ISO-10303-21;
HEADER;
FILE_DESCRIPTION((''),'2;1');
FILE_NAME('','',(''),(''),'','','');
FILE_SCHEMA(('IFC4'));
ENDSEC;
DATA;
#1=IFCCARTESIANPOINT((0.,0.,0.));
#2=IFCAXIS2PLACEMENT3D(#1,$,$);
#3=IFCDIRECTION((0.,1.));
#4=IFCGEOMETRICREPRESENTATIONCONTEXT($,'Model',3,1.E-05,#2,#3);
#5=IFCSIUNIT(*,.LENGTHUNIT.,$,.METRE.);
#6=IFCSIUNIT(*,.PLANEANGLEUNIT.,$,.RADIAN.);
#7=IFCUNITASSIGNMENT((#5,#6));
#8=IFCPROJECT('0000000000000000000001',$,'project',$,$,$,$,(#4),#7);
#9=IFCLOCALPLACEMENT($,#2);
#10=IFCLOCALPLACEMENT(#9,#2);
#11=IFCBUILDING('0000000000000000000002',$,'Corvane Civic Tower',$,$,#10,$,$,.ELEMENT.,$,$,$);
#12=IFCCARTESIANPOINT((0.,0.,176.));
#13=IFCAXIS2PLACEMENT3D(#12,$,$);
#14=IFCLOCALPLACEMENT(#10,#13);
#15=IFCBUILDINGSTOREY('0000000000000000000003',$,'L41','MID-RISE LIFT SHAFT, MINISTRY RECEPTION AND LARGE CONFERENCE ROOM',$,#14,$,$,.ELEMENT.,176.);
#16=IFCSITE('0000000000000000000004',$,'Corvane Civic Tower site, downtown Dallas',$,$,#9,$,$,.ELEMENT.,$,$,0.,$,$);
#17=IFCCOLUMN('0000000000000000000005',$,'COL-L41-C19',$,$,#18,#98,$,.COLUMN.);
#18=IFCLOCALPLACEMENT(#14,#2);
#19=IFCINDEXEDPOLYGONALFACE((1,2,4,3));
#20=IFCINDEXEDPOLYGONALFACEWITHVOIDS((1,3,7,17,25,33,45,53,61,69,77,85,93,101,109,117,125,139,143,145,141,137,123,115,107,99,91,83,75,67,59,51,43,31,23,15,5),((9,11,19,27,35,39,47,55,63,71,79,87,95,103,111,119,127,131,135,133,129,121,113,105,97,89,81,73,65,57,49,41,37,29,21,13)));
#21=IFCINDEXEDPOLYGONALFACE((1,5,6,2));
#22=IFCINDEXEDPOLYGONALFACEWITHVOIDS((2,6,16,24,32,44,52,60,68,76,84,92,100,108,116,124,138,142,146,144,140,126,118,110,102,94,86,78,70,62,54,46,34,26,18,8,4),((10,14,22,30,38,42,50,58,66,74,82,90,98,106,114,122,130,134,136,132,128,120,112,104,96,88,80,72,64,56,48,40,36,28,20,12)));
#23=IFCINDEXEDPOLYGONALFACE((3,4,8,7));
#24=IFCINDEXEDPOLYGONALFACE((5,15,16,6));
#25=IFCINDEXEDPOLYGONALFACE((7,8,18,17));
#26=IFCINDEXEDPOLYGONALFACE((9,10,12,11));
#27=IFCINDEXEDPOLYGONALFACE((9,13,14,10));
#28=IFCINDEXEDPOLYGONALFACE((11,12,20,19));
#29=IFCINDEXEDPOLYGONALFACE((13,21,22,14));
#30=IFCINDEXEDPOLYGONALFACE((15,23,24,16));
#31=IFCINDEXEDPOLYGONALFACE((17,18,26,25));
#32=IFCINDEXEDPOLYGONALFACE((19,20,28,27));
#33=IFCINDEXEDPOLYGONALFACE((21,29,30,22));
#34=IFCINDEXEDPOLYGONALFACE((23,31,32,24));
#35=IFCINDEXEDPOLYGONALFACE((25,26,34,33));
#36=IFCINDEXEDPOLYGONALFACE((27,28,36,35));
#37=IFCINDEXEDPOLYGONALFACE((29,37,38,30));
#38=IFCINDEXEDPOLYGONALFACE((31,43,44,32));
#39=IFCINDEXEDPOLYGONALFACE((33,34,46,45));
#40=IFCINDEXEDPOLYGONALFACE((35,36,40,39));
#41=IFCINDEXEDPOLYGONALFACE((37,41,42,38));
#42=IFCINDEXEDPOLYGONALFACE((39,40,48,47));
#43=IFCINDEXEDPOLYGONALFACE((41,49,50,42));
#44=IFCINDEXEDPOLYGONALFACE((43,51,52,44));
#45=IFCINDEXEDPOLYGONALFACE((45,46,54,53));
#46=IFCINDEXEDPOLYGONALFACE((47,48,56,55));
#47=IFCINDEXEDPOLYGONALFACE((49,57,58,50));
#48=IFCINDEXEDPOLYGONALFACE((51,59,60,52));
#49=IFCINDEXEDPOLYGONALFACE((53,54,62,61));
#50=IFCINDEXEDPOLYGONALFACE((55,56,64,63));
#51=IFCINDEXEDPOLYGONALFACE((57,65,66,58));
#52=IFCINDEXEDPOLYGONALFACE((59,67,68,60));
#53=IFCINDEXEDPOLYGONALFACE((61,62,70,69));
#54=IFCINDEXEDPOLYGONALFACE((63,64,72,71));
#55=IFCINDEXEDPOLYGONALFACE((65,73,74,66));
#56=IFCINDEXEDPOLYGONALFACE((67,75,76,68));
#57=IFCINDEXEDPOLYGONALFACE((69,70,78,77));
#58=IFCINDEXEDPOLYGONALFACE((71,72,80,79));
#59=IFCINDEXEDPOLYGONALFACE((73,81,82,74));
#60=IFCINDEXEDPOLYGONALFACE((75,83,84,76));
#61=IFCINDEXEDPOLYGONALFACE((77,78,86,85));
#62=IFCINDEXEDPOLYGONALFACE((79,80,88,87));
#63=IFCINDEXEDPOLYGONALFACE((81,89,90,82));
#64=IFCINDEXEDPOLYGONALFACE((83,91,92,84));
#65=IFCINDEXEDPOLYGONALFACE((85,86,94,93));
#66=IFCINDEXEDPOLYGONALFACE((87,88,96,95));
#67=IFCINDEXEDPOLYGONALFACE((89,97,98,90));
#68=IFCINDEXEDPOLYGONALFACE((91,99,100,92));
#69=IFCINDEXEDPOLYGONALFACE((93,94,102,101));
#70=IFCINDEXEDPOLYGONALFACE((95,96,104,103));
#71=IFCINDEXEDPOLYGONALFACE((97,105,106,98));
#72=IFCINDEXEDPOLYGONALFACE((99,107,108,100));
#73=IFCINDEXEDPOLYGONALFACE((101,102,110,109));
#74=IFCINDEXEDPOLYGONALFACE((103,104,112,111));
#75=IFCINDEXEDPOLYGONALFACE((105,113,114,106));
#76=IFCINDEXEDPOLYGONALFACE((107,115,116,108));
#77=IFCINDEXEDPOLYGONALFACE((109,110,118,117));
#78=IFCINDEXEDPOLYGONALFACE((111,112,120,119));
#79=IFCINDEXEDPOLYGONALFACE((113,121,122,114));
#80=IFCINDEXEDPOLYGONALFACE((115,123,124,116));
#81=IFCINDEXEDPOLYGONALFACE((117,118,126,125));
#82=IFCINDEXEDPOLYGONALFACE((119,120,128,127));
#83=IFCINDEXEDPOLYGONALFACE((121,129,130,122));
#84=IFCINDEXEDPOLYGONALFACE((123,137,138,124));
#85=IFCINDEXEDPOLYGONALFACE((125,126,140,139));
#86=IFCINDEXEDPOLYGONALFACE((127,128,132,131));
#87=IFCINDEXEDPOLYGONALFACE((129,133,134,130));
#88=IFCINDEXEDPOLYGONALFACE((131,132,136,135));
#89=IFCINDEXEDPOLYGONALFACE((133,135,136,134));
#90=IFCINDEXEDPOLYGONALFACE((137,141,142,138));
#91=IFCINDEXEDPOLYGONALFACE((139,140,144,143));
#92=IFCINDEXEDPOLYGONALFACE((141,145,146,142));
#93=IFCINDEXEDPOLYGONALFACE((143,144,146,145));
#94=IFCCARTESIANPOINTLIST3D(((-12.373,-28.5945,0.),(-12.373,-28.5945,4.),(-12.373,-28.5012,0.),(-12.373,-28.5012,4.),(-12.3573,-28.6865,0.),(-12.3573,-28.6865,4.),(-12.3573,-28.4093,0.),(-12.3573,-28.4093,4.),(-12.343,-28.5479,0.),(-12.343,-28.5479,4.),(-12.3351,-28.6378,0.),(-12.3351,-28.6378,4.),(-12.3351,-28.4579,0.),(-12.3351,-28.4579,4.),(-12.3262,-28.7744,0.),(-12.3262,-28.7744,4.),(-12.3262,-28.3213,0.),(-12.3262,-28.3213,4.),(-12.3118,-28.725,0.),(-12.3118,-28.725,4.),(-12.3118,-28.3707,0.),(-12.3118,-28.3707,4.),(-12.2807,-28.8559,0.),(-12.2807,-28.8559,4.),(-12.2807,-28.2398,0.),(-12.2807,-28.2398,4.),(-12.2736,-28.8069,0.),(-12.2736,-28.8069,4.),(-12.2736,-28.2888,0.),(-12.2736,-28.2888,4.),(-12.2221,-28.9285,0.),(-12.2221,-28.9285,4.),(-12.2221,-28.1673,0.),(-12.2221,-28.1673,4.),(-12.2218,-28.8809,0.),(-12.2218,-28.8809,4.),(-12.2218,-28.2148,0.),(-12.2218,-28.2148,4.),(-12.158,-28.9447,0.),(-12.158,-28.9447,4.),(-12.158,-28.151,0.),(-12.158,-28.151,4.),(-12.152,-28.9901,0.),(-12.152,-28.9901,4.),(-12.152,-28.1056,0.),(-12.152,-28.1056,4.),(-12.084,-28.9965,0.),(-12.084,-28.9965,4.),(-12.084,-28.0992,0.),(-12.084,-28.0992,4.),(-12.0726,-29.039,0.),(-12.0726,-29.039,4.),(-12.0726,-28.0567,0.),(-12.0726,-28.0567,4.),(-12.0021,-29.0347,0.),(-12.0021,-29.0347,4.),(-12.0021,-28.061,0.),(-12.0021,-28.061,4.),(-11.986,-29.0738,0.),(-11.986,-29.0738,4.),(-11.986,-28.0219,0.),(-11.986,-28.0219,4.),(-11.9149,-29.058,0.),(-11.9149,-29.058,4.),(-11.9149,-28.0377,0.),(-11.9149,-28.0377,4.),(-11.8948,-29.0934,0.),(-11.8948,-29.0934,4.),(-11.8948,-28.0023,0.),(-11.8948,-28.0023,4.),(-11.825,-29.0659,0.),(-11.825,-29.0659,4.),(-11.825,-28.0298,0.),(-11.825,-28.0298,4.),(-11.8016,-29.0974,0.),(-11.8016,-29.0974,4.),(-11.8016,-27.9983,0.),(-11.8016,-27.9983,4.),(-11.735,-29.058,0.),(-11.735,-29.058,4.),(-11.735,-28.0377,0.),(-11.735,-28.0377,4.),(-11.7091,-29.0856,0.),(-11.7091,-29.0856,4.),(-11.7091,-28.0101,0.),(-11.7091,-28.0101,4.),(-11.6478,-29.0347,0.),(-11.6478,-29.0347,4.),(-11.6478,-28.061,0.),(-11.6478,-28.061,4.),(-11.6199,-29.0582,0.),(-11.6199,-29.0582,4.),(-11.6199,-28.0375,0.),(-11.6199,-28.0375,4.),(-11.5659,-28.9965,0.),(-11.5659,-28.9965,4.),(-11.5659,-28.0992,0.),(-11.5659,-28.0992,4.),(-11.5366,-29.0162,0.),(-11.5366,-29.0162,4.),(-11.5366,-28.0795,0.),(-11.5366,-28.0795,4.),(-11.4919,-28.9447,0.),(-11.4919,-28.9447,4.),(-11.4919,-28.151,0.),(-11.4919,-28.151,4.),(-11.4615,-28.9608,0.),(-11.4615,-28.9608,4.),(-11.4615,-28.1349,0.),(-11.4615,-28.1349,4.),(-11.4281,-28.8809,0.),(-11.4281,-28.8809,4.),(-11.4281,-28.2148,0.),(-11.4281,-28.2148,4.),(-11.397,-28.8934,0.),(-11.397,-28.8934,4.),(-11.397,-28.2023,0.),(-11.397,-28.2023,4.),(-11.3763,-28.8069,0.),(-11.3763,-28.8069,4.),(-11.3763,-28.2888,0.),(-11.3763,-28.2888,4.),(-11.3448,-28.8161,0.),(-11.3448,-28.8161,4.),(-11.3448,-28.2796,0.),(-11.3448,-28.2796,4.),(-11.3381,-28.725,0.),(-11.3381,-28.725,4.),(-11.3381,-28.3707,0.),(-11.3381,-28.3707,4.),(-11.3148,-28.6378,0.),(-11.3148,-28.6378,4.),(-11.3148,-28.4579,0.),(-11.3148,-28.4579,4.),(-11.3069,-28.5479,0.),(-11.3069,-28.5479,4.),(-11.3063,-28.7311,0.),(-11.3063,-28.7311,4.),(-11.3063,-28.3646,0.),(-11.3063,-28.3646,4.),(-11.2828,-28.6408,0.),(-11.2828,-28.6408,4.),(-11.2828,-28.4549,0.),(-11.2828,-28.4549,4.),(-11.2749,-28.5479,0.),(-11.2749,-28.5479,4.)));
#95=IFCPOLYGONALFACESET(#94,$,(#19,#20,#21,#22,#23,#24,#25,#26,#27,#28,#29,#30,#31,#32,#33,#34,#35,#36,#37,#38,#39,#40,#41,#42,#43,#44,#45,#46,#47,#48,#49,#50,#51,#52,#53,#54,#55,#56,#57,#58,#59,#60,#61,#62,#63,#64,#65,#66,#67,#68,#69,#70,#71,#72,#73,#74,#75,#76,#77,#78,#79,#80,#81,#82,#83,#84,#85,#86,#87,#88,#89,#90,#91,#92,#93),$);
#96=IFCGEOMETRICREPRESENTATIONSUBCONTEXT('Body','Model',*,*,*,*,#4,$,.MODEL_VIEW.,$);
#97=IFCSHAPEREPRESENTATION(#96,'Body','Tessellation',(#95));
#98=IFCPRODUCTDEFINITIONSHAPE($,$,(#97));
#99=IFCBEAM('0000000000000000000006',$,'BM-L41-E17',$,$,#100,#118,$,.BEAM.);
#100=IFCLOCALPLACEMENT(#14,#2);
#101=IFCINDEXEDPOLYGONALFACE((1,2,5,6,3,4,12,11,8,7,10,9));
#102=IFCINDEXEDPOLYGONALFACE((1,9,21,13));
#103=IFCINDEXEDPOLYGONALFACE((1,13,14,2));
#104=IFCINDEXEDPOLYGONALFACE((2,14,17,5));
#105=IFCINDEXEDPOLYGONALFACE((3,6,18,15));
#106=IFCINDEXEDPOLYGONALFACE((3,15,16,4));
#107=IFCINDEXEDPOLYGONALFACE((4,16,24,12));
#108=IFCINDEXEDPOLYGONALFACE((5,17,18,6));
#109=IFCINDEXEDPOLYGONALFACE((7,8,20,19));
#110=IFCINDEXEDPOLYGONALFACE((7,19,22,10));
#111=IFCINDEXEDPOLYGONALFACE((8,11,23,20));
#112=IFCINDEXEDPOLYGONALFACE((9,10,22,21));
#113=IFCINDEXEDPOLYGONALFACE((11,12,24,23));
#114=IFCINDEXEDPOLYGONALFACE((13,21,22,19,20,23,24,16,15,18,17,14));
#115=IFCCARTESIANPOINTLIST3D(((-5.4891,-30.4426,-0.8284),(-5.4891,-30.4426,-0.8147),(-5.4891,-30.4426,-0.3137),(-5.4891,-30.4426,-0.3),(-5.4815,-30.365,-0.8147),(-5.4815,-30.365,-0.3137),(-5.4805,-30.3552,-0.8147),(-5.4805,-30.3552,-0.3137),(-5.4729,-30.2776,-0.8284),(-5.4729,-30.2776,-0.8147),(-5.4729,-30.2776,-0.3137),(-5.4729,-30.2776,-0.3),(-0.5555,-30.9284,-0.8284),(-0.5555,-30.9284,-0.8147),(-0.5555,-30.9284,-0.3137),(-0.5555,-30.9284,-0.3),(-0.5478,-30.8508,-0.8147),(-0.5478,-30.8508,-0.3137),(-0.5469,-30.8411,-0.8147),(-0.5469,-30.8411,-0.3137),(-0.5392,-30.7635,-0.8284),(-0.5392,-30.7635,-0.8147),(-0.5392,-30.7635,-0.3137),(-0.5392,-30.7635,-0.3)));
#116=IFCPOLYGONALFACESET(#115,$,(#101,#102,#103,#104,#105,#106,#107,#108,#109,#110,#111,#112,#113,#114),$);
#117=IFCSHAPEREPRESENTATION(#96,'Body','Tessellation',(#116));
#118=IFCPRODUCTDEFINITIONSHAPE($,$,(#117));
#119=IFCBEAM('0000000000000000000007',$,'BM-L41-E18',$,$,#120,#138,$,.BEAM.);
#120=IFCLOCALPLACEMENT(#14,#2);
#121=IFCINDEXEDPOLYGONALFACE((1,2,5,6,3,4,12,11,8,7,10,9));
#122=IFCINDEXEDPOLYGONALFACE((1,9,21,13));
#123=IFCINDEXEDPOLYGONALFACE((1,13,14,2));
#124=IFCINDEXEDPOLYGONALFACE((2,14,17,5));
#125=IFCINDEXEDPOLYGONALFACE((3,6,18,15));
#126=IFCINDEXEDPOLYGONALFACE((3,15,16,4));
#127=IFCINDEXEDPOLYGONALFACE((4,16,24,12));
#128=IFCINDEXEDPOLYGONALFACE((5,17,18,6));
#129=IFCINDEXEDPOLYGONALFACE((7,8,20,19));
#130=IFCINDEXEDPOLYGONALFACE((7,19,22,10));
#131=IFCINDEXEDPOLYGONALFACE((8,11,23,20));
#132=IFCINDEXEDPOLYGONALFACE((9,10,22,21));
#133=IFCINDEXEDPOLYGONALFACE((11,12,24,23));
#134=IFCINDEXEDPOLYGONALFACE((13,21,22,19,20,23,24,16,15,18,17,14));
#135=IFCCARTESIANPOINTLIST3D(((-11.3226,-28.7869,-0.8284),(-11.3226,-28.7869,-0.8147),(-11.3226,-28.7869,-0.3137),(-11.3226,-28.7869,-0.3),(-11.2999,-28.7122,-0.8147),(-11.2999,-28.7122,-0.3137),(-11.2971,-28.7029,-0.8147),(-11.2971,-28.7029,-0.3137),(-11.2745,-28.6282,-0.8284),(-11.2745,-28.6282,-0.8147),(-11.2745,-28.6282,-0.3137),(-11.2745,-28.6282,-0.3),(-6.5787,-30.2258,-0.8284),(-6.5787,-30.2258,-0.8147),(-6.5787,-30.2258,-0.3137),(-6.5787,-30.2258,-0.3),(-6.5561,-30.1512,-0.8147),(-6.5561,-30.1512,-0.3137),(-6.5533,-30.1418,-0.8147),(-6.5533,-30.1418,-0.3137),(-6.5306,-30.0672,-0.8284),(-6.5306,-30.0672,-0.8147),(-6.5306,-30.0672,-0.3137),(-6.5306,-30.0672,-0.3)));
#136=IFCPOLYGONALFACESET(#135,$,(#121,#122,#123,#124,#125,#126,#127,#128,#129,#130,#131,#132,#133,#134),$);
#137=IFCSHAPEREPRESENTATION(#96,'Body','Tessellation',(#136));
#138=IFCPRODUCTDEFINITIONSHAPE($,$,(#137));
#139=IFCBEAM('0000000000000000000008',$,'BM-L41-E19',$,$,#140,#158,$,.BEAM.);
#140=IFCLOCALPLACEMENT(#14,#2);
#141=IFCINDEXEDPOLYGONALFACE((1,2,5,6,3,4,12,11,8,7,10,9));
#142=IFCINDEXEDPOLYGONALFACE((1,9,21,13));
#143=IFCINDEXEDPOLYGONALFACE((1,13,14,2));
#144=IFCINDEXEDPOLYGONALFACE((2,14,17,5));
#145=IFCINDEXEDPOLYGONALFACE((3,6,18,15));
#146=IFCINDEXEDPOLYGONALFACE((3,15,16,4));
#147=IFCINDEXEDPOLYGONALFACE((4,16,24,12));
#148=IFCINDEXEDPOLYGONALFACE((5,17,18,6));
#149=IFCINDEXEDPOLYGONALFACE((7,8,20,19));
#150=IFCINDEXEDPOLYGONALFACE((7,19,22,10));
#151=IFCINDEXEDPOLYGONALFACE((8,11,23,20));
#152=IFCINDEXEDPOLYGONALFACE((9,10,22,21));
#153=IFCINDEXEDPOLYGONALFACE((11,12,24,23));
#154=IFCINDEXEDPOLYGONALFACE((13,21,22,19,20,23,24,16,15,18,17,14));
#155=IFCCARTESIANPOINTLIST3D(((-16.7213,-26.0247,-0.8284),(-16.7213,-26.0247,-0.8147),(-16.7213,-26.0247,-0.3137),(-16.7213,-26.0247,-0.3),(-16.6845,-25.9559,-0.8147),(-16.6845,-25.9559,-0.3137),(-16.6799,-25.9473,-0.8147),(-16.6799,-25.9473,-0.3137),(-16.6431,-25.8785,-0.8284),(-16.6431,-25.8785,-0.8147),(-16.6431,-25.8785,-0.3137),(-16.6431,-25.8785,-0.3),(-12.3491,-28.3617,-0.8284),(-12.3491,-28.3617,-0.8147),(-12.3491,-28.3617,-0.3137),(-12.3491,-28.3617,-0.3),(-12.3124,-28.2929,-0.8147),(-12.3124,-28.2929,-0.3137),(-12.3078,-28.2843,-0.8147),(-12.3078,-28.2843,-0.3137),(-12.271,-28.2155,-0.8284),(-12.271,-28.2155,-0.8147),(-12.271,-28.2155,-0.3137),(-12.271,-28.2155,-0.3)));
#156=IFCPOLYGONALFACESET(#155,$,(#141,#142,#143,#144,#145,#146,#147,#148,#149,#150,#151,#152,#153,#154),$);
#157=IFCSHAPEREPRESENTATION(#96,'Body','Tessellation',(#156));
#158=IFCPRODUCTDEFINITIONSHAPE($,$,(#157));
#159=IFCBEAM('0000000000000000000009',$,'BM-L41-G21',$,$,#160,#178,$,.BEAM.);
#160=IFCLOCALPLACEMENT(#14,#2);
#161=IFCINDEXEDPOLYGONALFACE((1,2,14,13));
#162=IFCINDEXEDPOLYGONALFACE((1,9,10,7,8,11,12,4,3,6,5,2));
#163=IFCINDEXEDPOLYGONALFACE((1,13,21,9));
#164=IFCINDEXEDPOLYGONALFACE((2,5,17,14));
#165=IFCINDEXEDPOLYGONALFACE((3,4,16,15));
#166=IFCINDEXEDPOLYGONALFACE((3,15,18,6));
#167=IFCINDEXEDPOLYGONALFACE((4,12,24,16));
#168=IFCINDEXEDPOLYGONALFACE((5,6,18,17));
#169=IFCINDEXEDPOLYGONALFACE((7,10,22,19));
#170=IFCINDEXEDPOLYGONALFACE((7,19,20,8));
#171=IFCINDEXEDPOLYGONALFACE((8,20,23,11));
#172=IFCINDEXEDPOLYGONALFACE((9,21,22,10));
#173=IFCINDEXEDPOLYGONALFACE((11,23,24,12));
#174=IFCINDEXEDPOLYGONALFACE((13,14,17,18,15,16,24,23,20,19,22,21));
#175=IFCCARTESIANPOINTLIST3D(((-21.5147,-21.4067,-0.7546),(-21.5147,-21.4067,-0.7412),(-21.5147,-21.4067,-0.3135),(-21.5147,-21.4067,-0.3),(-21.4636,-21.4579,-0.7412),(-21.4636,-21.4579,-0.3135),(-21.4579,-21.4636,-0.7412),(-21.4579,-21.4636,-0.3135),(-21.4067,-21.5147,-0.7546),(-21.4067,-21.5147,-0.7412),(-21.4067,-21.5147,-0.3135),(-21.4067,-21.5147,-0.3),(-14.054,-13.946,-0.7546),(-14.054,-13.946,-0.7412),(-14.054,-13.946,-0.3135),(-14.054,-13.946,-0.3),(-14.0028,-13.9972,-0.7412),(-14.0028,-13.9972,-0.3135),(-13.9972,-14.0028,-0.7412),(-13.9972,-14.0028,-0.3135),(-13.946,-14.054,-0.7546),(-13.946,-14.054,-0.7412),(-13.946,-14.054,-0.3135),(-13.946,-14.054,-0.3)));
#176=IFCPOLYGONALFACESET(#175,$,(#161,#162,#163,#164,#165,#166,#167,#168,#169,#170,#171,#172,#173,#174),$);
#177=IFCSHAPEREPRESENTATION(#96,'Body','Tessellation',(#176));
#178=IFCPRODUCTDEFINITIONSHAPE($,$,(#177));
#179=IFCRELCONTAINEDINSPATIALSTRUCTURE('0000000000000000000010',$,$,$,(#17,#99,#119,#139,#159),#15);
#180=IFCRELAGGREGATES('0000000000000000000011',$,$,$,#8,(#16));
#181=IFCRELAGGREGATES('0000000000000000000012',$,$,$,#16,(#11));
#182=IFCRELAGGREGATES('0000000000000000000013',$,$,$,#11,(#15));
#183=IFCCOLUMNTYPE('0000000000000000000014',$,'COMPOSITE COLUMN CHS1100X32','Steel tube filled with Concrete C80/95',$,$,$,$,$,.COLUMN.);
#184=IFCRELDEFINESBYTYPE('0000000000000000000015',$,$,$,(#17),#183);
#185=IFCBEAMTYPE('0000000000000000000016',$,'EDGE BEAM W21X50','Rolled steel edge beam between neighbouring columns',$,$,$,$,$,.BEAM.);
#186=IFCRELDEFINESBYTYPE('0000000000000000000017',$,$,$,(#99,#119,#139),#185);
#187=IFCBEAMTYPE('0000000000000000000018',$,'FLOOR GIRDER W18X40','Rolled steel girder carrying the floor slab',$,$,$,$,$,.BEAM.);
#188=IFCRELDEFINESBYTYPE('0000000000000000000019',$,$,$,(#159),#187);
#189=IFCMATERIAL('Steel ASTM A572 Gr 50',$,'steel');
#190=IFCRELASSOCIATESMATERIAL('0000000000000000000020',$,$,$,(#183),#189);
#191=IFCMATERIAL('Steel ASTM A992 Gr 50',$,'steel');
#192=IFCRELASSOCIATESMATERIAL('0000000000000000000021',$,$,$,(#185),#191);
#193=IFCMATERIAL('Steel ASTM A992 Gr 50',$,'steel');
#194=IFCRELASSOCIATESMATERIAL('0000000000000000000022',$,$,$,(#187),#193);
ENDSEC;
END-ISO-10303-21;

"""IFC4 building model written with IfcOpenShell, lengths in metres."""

from ifc_helpers import new_model, si_unit, direction, frame, origin, origin_2d, place, context, subcontext, project, spatial, hollow_circle, i_section, extrude, material, material_profile, profile_set, type_object, element, save


model = new_model("IFC4")

# Units and contexts
model_context = context("Model", 3, precision=1e-05, world=origin(), true_north=direction((0.0, 1.0)))
body_context = subcontext(model_context, "Body", "Model", "MODEL_VIEW")
ifc_project = project(units=[si_unit("LENGTHUNIT", "METRE"), si_unit("PLANEANGLEUNIT", "RADIAN")], contexts=[model_context])

# Site, building, storey
site_placement = place(None, origin())
site = spatial("IfcSite", under=ifc_project, at=site_placement, Name="Corvane Civic Tower site, downtown Dallas", CompositionType="ELEMENT", RefElevation=0.0)
building_placement = place(site_placement, origin())
building = spatial("IfcBuilding", under=site, at=building_placement, Name="Corvane Civic Tower", CompositionType="ELEMENT")
storey_placement = place(building_placement, frame((0.0, 0.0, 176.0)))
storey = spatial("IfcBuildingStorey", under=building, at=storey_placement, Name="L41", Description="MID-RISE LIFT SHAFT, MINISTRY RECEPTION AND LARGE CONFERENCE ROOM", CompositionType="ELEMENT", Elevation=176.0)

# Column
ifc_material_1 = material(Name="Steel ASTM A572 Gr 50", Category="steel")
ifc_material_profile_1 = material_profile(ifc_material_1, hollow_circle(Radius=0.55, WallThickness=0.032, at=origin_2d()), Name="CHS1100X32")
ifc_profile_set_1 = profile_set([ifc_material_profile_1], Name="Steel ASTM A572 Gr 50")
column_type = type_object("IfcColumnType", Name="COMPOSITE COLUMN CHS1100X32", Description="Steel tube filled with Concrete C80/95", PredefinedType="COLUMN", material=ifc_profile_set_1)
for number, where, z_axis, x_axis, name in (
    (1, (-11.825, -28.5479, 0.0), (0.0, 0.0, 1.0), (1.0, 0.0, 0.0), "COL-L41-C19"),
):
    element("IfcColumn", number, at=place(storey_placement, frame(where, z_axis=z_axis, x_axis=x_axis)), inside=storey, type_object=column_type, Name=name, PredefinedType="COLUMN", context=body_context, shape_type="SweptSolid", body=[
        extrude(hollow_circle(Radius=0.55, WallThickness=0.032, at=origin_2d()), origin(), (0.0, 0.0, 1.0), 4.0),
    ])

# Beams
ifc_material_2 = material(Name="Steel ASTM A992 Gr 50", Category="steel")
ifc_material_profile_2 = material_profile(ifc_material_2, i_section(OverallWidth=0.1658, OverallDepth=0.5283, WebThickness=0.0098, FlangeThickness=0.0137, at=origin_2d()), Name="W21X50")
ifc_profile_set_2 = profile_set([ifc_material_profile_2], Name="Steel ASTM A992 Gr 50")
beam_type_1 = type_object("IfcBeamType", Name="EDGE BEAM W21X50", Description="Rolled steel edge beam between neighbouring columns", PredefinedType="BEAM", material=ifc_profile_set_2)
beam_1_placement = place(storey_placement, frame((-0.5474, -30.8459, -0.5642), z_axis=(-0.995186, 0.098002, 0.0), x_axis=(-0.098002, -0.995186, 0.0)))
element("IfcBeam", 2, at=beam_1_placement, inside=storey, type_object=beam_type_1, Name="BM-L41-E17", PredefinedType="BEAM", context=body_context, shape_type="SweptSolid", body=[
    extrude(i_section(OverallWidth=0.1658, OverallDepth=0.5283, WebThickness=0.0098, FlangeThickness=0.0137, at=origin_2d()), origin(), (0.0, 0.0, 1.0), 4.9575),
])
beam_2_placement = place(storey_placement, frame((-6.5547, -30.1465, -0.5642), z_axis=(-0.956945, 0.29027, 0.0), x_axis=(-0.29027, -0.956945, 0.0)))
element("IfcBeam", 3, at=beam_2_placement, inside=storey, type_object=beam_type_1, Name="BM-L41-E18", PredefinedType="BEAM", context=body_context, shape_type="SweptSolid", body=[
    extrude(i_section(OverallWidth=0.1658, OverallDepth=0.5283, WebThickness=0.0098, FlangeThickness=0.0137, at=origin_2d()), origin(), (0.0, 0.0, 1.0), 4.9573),
])
beam_3_placement = place(storey_placement, frame((-12.3101, -28.2886, -0.5642), z_axis=(-0.881922, 0.471396, 0.0), x_axis=(-0.471396, -0.881922, 0.0)))
element("IfcBeam", 4, at=beam_3_placement, inside=storey, type_object=beam_type_1, Name="BM-L41-E19", PredefinedType="BEAM", context=body_context, shape_type="SweptSolid", body=[
    extrude(i_section(OverallWidth=0.1658, OverallDepth=0.5283, WebThickness=0.0098, FlangeThickness=0.0137, at=origin_2d()), origin(), (0.0, 0.0, 1.0), 4.9575),
])
ifc_material_3 = material(Name="Steel ASTM A992 Gr 50", Category="steel")
ifc_material_profile_3 = material_profile(ifc_material_3, i_section(OverallWidth=0.1528, OverallDepth=0.4546, WebThickness=0.0081, FlangeThickness=0.0134, at=origin_2d()), Name="W18X40")
ifc_profile_set_3 = profile_set([ifc_material_profile_3], Name="Steel ASTM A992 Gr 50")
beam_type_2 = type_object("IfcBeamType", Name="FLOOR GIRDER W18X40", Description="Rolled steel girder carrying the floor slab", PredefinedType="BEAM", material=ifc_profile_set_3)
beam_4_placement = place(storey_placement, frame((-14.0, -14.0, -0.5273), z_axis=(-0.707107, -0.707107, 0.0), x_axis=(0.707107, -0.707107, 0.0)))
element("IfcBeam", 5, at=beam_4_placement, inside=storey, type_object=beam_type_2, Name="BM-L41-G21", PredefinedType="BEAM", context=body_context, shape_type="SweptSolid", body=[
    extrude(i_section(OverallWidth=0.1528, OverallDepth=0.4546, WebThickness=0.0081, FlangeThickness=0.0134, at=origin_2d()), origin(), (0.0, 0.0, 1.0), 10.551),
])

save(model, "model.ifc")
